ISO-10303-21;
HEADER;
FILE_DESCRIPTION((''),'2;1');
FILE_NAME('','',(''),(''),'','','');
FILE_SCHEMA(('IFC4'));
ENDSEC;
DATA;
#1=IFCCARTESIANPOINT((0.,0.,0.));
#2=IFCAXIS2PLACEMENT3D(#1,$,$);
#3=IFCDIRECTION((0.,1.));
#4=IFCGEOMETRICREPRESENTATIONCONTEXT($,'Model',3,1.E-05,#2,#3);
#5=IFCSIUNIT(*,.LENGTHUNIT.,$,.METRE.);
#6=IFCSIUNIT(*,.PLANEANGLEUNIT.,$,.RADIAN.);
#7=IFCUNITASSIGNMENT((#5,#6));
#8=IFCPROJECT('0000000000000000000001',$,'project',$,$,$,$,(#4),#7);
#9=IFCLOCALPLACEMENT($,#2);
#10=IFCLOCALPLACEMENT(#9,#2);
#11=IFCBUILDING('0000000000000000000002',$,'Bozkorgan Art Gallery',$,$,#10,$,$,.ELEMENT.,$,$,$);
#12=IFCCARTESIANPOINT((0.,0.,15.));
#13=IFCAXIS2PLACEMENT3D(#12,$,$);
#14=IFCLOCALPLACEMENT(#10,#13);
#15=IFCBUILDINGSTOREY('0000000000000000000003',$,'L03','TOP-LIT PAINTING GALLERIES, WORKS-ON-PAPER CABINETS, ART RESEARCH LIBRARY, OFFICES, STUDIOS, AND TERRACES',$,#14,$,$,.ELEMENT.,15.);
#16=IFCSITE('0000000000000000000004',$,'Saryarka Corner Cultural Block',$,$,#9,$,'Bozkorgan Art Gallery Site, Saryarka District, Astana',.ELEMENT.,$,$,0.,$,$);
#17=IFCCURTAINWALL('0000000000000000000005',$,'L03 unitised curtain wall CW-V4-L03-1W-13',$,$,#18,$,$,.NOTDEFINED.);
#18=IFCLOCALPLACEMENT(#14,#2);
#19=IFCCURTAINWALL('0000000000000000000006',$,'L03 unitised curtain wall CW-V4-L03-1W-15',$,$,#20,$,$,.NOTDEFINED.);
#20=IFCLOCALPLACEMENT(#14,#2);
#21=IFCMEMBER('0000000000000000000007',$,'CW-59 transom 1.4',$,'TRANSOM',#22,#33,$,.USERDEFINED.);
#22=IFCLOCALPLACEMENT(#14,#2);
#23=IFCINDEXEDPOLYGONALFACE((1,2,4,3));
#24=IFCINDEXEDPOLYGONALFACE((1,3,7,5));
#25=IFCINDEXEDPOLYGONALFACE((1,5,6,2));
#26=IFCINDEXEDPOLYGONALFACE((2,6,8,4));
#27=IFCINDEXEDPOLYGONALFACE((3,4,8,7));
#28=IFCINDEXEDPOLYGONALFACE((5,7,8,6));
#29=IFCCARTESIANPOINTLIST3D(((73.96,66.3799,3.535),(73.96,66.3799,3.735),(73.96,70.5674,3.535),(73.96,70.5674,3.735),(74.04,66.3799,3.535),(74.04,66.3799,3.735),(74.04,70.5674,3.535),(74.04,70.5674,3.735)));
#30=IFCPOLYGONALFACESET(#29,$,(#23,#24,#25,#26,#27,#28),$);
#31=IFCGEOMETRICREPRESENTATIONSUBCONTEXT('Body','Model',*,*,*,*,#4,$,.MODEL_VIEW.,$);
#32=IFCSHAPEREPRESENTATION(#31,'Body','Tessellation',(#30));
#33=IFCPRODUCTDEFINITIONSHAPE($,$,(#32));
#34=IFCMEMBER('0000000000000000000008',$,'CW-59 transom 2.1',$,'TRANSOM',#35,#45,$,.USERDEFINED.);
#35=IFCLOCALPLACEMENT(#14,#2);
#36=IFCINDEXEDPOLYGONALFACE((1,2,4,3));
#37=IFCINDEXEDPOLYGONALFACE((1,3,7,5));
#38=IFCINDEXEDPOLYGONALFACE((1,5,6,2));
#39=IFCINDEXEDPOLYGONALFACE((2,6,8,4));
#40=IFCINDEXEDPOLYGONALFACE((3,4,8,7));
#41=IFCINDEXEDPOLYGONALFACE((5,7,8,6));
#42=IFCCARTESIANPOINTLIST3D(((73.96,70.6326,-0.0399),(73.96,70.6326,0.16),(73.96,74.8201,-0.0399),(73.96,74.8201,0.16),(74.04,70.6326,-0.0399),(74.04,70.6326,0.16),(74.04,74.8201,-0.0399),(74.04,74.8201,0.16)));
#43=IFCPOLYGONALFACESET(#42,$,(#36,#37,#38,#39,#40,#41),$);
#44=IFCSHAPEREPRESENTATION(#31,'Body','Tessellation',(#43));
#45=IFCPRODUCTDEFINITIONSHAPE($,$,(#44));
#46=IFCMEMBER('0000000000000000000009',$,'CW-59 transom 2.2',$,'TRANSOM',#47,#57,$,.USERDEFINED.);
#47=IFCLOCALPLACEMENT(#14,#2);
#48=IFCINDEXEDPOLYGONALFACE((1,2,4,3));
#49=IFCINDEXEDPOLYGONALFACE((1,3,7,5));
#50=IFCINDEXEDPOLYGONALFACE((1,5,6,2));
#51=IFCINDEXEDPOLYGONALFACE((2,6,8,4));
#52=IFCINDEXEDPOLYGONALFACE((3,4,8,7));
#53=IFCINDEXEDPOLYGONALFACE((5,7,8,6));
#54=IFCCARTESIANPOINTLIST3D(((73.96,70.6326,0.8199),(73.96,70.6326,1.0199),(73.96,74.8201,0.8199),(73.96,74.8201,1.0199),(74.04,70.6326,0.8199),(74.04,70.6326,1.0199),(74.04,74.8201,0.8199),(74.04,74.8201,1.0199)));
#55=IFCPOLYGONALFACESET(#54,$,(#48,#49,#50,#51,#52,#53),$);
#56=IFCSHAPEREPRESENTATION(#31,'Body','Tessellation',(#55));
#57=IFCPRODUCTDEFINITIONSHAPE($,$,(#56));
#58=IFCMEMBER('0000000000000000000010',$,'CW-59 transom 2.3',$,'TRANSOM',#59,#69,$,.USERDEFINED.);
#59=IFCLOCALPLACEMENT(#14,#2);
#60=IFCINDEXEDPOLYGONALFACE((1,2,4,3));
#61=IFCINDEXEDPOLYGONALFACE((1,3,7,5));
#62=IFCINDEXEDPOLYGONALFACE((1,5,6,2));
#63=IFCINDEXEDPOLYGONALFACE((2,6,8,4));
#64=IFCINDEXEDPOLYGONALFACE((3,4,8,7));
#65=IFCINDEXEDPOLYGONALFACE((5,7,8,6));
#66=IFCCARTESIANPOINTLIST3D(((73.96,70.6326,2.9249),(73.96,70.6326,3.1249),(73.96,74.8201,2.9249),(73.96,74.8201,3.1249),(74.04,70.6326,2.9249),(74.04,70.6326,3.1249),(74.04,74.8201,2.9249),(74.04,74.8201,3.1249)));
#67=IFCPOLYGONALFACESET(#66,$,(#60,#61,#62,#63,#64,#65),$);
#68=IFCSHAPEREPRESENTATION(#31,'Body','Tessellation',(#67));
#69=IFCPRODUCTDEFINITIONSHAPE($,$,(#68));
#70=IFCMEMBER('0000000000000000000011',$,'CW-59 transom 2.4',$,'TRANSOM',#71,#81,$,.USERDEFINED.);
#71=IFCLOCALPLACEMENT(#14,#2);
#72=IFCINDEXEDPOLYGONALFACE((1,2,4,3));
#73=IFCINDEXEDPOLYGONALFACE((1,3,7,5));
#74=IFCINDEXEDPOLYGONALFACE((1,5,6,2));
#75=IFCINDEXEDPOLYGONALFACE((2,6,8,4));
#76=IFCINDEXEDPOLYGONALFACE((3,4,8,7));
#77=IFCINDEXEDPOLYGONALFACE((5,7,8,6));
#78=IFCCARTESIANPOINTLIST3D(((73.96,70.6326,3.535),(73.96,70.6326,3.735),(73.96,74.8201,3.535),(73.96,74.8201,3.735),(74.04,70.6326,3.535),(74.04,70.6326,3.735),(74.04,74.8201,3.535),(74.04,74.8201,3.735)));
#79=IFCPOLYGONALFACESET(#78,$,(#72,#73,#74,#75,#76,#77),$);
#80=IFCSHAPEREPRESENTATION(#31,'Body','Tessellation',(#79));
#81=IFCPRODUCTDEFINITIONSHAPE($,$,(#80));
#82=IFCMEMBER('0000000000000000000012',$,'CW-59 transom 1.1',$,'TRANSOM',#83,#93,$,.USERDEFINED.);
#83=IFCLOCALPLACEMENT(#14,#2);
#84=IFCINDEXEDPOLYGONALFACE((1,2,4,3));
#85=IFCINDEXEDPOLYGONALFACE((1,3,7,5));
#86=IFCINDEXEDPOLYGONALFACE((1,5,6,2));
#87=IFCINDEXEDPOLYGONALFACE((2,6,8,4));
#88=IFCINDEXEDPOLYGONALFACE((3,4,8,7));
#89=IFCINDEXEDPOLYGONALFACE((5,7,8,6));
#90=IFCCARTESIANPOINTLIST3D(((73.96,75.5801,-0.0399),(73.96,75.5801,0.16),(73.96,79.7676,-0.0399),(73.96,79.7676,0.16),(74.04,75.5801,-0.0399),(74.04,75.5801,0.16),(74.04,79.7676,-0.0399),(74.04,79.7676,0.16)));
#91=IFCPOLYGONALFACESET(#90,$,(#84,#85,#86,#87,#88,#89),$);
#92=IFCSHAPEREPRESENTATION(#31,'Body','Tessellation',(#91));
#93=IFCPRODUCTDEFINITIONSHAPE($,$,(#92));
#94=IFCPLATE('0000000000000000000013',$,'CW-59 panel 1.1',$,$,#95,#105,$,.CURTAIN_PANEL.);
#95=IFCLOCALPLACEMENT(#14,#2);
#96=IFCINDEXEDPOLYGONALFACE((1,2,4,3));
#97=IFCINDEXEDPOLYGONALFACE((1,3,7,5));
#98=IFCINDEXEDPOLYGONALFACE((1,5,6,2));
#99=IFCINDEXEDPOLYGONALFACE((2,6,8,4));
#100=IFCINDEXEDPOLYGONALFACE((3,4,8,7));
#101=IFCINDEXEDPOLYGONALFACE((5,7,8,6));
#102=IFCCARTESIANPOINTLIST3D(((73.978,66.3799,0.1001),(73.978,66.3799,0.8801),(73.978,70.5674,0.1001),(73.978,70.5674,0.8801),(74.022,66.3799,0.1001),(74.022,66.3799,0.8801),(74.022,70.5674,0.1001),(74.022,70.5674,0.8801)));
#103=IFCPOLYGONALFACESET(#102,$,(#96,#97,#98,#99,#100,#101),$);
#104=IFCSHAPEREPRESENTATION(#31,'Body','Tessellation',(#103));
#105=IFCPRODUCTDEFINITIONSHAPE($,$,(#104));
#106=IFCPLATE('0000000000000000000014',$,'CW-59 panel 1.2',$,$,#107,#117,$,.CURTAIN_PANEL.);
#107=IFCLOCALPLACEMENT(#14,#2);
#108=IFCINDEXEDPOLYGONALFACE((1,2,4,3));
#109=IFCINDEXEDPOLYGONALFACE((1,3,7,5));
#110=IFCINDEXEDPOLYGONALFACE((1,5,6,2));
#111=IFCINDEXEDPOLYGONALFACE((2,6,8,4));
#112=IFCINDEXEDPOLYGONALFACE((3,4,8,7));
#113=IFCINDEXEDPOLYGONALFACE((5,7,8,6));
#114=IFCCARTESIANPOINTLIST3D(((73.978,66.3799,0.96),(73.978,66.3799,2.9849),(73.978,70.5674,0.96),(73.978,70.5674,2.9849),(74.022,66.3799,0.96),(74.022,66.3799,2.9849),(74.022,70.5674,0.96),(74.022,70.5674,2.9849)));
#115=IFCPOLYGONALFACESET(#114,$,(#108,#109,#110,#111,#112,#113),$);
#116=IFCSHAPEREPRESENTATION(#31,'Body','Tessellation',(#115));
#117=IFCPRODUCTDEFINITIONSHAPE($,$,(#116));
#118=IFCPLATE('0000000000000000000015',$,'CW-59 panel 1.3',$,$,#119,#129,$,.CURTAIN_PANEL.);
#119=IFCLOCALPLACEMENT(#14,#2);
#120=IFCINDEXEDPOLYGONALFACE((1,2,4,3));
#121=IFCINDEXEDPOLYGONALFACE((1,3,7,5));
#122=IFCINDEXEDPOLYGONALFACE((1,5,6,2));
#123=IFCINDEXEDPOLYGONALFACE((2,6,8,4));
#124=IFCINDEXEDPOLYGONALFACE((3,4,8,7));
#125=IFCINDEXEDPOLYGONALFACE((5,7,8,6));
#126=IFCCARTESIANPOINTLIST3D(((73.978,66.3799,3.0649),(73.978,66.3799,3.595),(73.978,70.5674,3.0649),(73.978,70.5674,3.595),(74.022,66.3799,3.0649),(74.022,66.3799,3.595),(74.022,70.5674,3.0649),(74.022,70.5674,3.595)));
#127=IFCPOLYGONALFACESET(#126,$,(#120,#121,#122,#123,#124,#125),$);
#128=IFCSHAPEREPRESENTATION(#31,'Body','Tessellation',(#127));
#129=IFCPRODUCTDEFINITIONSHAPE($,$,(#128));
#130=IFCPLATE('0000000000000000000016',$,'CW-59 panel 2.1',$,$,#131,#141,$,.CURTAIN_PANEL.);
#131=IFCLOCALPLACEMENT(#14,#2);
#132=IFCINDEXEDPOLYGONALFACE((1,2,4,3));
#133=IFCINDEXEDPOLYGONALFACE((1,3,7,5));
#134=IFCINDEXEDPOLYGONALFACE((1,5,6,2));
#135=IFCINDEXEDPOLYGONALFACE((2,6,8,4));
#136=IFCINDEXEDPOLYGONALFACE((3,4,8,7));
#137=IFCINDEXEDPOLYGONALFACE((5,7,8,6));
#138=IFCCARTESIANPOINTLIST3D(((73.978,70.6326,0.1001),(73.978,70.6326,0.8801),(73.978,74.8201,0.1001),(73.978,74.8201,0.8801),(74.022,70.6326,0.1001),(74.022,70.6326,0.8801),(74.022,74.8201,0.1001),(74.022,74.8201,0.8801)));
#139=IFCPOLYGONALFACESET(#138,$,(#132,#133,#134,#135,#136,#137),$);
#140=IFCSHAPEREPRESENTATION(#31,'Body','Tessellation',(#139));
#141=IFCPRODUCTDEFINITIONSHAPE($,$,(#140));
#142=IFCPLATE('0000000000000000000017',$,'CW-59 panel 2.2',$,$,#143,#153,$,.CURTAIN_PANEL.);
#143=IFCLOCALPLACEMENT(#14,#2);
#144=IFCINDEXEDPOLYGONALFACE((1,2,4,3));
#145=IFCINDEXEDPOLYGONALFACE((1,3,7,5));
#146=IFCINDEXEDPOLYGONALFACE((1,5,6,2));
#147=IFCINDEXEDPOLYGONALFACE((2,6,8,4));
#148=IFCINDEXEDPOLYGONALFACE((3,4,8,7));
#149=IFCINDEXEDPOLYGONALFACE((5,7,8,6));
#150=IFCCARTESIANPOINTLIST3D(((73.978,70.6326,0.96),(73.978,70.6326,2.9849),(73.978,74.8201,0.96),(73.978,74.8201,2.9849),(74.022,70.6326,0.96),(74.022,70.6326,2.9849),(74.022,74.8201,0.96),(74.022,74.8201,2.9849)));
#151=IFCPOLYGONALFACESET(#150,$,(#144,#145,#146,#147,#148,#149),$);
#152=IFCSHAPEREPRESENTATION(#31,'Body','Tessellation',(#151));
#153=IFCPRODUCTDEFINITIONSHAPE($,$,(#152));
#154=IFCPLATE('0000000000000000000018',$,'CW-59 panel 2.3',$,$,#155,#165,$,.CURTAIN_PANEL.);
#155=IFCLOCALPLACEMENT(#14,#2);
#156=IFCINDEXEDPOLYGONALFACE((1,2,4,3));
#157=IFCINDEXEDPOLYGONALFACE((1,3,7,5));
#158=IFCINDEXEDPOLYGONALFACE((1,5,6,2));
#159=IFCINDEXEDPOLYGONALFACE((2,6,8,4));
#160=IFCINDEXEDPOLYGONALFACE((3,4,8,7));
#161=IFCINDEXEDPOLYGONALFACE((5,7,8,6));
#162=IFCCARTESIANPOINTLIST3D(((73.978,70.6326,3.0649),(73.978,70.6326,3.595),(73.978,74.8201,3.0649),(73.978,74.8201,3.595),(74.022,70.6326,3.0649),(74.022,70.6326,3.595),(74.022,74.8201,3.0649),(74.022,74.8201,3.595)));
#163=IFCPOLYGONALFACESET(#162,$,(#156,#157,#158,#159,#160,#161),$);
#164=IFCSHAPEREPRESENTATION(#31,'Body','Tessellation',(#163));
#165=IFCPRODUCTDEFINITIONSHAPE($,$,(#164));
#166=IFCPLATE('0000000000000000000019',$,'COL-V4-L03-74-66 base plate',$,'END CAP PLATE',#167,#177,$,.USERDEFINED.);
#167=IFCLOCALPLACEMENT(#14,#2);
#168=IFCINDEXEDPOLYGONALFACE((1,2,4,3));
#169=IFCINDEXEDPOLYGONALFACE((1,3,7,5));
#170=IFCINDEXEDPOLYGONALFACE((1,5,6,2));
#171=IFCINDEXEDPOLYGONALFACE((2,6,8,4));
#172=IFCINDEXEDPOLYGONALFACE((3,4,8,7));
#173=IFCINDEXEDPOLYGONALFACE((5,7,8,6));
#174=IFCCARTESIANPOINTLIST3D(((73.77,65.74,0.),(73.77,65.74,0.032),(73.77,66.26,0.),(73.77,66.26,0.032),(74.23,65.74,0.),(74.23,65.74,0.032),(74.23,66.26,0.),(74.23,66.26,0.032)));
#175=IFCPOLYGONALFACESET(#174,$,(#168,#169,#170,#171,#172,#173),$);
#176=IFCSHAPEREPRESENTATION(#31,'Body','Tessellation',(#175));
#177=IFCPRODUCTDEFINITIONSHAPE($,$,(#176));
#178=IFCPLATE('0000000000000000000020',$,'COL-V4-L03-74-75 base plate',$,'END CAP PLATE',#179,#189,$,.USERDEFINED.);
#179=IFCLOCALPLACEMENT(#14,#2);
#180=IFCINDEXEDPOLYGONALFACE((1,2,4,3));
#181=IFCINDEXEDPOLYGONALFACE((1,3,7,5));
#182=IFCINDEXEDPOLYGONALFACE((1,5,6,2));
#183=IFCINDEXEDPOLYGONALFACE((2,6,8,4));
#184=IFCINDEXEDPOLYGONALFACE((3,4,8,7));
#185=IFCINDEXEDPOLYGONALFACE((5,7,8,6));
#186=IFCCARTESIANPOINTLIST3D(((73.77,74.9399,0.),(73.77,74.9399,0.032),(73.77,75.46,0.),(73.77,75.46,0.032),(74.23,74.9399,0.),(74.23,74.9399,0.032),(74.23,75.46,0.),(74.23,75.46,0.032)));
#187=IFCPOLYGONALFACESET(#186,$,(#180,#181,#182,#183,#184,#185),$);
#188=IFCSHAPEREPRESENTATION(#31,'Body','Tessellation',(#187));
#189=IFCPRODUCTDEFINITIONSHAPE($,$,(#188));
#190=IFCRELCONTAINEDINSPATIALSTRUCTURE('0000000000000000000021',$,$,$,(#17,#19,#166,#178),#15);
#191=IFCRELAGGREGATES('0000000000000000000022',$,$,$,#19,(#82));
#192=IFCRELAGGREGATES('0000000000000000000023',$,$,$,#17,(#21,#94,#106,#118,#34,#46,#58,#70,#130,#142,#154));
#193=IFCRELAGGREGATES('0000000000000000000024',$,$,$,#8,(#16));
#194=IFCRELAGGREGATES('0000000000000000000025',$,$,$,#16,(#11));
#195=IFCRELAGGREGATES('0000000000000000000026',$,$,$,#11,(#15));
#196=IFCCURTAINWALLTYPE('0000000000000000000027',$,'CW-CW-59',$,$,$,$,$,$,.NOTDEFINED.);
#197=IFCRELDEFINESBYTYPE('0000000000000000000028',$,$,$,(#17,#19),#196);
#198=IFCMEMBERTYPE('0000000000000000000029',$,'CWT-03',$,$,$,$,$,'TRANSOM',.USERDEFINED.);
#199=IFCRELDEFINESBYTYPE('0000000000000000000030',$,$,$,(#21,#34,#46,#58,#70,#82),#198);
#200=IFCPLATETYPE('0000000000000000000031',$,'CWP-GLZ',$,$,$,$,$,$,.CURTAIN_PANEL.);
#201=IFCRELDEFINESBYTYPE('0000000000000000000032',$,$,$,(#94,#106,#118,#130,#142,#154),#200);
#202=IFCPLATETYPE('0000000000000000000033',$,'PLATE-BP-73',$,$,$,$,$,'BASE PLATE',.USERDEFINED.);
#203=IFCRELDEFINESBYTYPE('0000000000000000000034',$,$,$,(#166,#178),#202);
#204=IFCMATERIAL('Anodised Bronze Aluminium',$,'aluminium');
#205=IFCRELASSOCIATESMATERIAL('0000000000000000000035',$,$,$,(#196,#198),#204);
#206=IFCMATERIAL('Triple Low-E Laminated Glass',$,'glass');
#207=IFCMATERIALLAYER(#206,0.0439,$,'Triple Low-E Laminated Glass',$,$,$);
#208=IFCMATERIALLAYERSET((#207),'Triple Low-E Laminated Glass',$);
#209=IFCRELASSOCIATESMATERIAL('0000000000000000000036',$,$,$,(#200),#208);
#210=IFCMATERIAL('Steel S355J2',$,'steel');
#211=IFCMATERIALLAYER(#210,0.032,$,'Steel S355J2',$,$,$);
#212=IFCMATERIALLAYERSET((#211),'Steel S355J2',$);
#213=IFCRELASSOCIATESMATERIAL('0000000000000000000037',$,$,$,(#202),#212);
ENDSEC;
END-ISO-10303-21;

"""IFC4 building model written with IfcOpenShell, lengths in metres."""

from ifc_helpers import new_model, si_unit, direction, frame, origin, origin_2d, place, context, subcontext, project, spatial, rectangle, extrude, material, layer, layer_set, material_profile, profile_set, type_object, element, aggregate, save


model = new_model("IFC4")

# Units and contexts
model_context = context("Model", 3, precision=1e-05, world=origin(), true_north=direction((0.0, 1.0)))
body_context = subcontext(model_context, "Body", "Model", "MODEL_VIEW")
ifc_project = project(units=[si_unit("LENGTHUNIT", "METRE"), si_unit("PLANEANGLEUNIT", "RADIAN")], contexts=[model_context])

# Site, building, storey
site_placement = place(None, origin())
site = spatial("IfcSite", under=ifc_project, at=site_placement, Name="Saryarka Corner Cultural Block", LongName="Bozkorgan Art Gallery Site, Saryarka District, Astana", CompositionType="ELEMENT", RefElevation=0.0)
building_placement = place(site_placement, origin())
building = spatial("IfcBuilding", under=site, at=building_placement, Name="Bozkorgan Art Gallery", CompositionType="ELEMENT")
storey_placement = place(building_placement, frame((0.0, 0.0, 15.0)))
storey = spatial("IfcBuildingStorey", under=building, at=storey_placement, Name="L03", Description="TOP-LIT PAINTING GALLERIES, WORKS-ON-PAPER CABINETS, ART RESEARCH LIBRARY, OFFICES, STUDIOS, AND TERRACES", CompositionType="ELEMENT", Elevation=15.0)

# Shared definitions
ifc_material_1 = material(Name="Steel S355J2", Category="steel")

# Curtain wall
ifc_material_2 = material(Name="Anodised Bronze Aluminium", Category="aluminium")
curtain_wall_type = type_object("IfcCurtainWallType", Name="CW-CW-59", PredefinedType="NOTDEFINED", material=ifc_material_2)
curtain_wall_1_placement = place(storey_placement, origin())
curtain_wall_1 = element("IfcCurtainWall", 1, at=curtain_wall_1_placement, inside=storey, type_object=curtain_wall_type, Name="L03 unitised curtain wall CW-V4-L03-1W-13", PredefinedType="NOTDEFINED")

# Curtain wall
curtain_wall_2_placement = place(storey_placement, origin())
curtain_wall_2 = element("IfcCurtainWall", 2, at=curtain_wall_2_placement, inside=storey, type_object=curtain_wall_type, Name="L03 unitised curtain wall CW-V4-L03-1W-15", PredefinedType="NOTDEFINED")

# Members
ifc_material_profile_1 = material_profile(ifc_material_2, rectangle(XDim=0.0801, YDim=0.2, at=origin_2d()), Name="ALU TRANSOM 80x200")
ifc_profile_set_1 = profile_set([ifc_material_profile_1], Name="Anodised Bronze Aluminium")
member_type_1 = type_object("IfcMemberType", Name="CWT-03", ElementType="TRANSOM", PredefinedType="USERDEFINED", material=ifc_profile_set_1)
member_1_placement = place(storey_placement, frame((74.0, 66.3799, 3.635), z_axis=(0.0, 1.0, 0.0), x_axis=(-1.0, 0.0, 0.0)))
member_1 = element("IfcMember", 3, at=member_1_placement, type_object=member_type_1, Name="CW-59 transom 1.4", ObjectType="TRANSOM", PredefinedType="USERDEFINED", context=body_context, shape_type="SweptSolid", body=[
    extrude(rectangle(XDim=0.0801, YDim=0.2, at=origin_2d()), origin(), (0.0, 0.0, 1.0), 4.1875),
])
member_2_placement = place(storey_placement, frame((74.0, 70.6326, 0.0601), z_axis=(0.0, 1.0, 0.0), x_axis=(-1.0, 0.0, 0.0)))
member_2 = element("IfcMember", 4, at=member_2_placement, type_object=member_type_1, Name="CW-59 transom 2.1", ObjectType="TRANSOM", PredefinedType="USERDEFINED", context=body_context, shape_type="SweptSolid", body=[
    extrude(rectangle(XDim=0.0801, YDim=0.2, at=origin_2d()), origin(), (0.0, 0.0, 1.0), 4.1875),
])
member_3_placement = place(storey_placement, frame((74.0, 70.6326, 0.9199), z_axis=(0.0, 1.0, 0.0), x_axis=(-1.0, 0.0, 0.0)))
member_3 = element("IfcMember", 5, at=member_3_placement, type_object=member_type_1, Name="CW-59 transom 2.2", ObjectType="TRANSOM", PredefinedType="USERDEFINED", context=body_context, shape_type="SweptSolid", body=[
    extrude(rectangle(XDim=0.0801, YDim=0.2, at=origin_2d()), origin(), (0.0, 0.0, 1.0), 4.1875),
])
member_4_placement = place(storey_placement, frame((74.0, 70.6326, 3.0249), z_axis=(0.0, 1.0, 0.0), x_axis=(-1.0, 0.0, 0.0)))
member_4 = element("IfcMember", 6, at=member_4_placement, type_object=member_type_1, Name="CW-59 transom 2.3", ObjectType="TRANSOM", PredefinedType="USERDEFINED", context=body_context, shape_type="SweptSolid", body=[
    extrude(rectangle(XDim=0.0801, YDim=0.2, at=origin_2d()), origin(), (0.0, 0.0, 1.0), 4.1875),
])
member_5_placement = place(storey_placement, frame((74.0, 70.6326, 3.635), z_axis=(0.0, 1.0, 0.0), x_axis=(-1.0, 0.0, 0.0)))
member_5 = element("IfcMember", 7, at=member_5_placement, type_object=member_type_1, Name="CW-59 transom 2.4", ObjectType="TRANSOM", PredefinedType="USERDEFINED", context=body_context, shape_type="SweptSolid", body=[
    extrude(rectangle(XDim=0.0801, YDim=0.2, at=origin_2d()), origin(), (0.0, 0.0, 1.0), 4.1875),
])
member_6_placement = place(storey_placement, frame((74.0, 75.5801, 0.0601), z_axis=(0.0, 1.0, 0.0), x_axis=(-1.0, 0.0, 0.0)))
member_6 = element("IfcMember", 8, at=member_6_placement, type_object=member_type_1, Name="CW-59 transom 1.1", ObjectType="TRANSOM", PredefinedType="USERDEFINED", context=body_context, shape_type="SweptSolid", body=[
    extrude(rectangle(XDim=0.0801, YDim=0.2, at=origin_2d()), origin(), (0.0, 0.0, 1.0), 4.1875),
])
aggregate(curtain_wall_2, [member_6])

# Plates
ifc_material_3 = material(Name="Triple Low-E Laminated Glass", Category="glass")
ifc_layer_1 = layer(ifc_material_3, 0.0439, Name="Triple Low-E Laminated Glass")
ifc_layer_set_1 = layer_set([ifc_layer_1], Name="Triple Low-E Laminated Glass")
plate_type_1 = type_object("IfcPlateType", Name="CWP-GLZ", PredefinedType="CURTAIN_PANEL", material=ifc_layer_set_1)
plate_1_placement = place(storey_placement, frame((74.0, 68.4736, 0.1001), z_axis=(0.0, 0.0, 1.0), x_axis=(0.0, 1.0, 0.0)))
plate_1 = element("IfcPlate", 9, at=plate_1_placement, type_object=plate_type_1, Name="CW-59 panel 1.1", PredefinedType="CURTAIN_PANEL", context=body_context, shape_type="SweptSolid", body=[
    extrude(rectangle(XDim=4.1875, YDim=0.0439, at=origin_2d()), origin(), (0.0, 0.0, 1.0), 0.78),
])
plate_2_placement = place(storey_placement, frame((74.0, 68.4736, 0.96), z_axis=(0.0, 0.0, 1.0), x_axis=(0.0, 1.0, 0.0)))
plate_2 = element("IfcPlate", 10, at=plate_2_placement, type_object=plate_type_1, Name="CW-59 panel 1.2", PredefinedType="CURTAIN_PANEL", context=body_context, shape_type="SweptSolid", body=[
    extrude(rectangle(XDim=4.1875, YDim=0.0439, at=origin_2d()), origin(), (0.0, 0.0, 1.0), 2.0249),
])
plate_3_placement = place(storey_placement, frame((74.0, 68.4736, 3.0649), z_axis=(0.0, 0.0, 1.0), x_axis=(0.0, 1.0, 0.0)))
plate_3 = element("IfcPlate", 11, at=plate_3_placement, type_object=plate_type_1, Name="CW-59 panel 1.3", PredefinedType="CURTAIN_PANEL", context=body_context, shape_type="SweptSolid", body=[
    extrude(rectangle(XDim=4.1875, YDim=0.0439, at=origin_2d()), origin(), (0.0, 0.0, 1.0), 0.53),
])
plate_4_placement = place(storey_placement, frame((74.0, 72.7263, 0.1001), z_axis=(0.0, 0.0, 1.0), x_axis=(0.0, 1.0, 0.0)))
plate_4 = element("IfcPlate", 12, at=plate_4_placement, type_object=plate_type_1, Name="CW-59 panel 2.1", PredefinedType="CURTAIN_PANEL", context=body_context, shape_type="SweptSolid", body=[
    extrude(rectangle(XDim=4.1875, YDim=0.0439, at=origin_2d()), origin(), (0.0, 0.0, 1.0), 0.78),
])
plate_5_placement = place(storey_placement, frame((74.0, 72.7263, 0.96), z_axis=(0.0, 0.0, 1.0), x_axis=(0.0, 1.0, 0.0)))
plate_5 = element("IfcPlate", 13, at=plate_5_placement, type_object=plate_type_1, Name="CW-59 panel 2.2", PredefinedType="CURTAIN_PANEL", context=body_context, shape_type="SweptSolid", body=[
    extrude(rectangle(XDim=4.1875, YDim=0.0439, at=origin_2d()), origin(), (0.0, 0.0, 1.0), 2.0249),
])
plate_6_placement = place(storey_placement, frame((74.0, 72.7263, 3.0649), z_axis=(0.0, 0.0, 1.0), x_axis=(0.0, 1.0, 0.0)))
plate_6 = element("IfcPlate", 14, at=plate_6_placement, type_object=plate_type_1, Name="CW-59 panel 2.3", PredefinedType="CURTAIN_PANEL", context=body_context, shape_type="SweptSolid", body=[
    extrude(rectangle(XDim=4.1875, YDim=0.0439, at=origin_2d()), origin(), (0.0, 0.0, 1.0), 0.53),
])
aggregate(curtain_wall_1, [member_1, plate_1, plate_2, plate_3, member_2, member_3, member_4, member_5, plate_4, plate_5, plate_6])

# Plates
ifc_layer_2 = layer(ifc_material_1, 0.032, Name="Steel S355J2")
ifc_layer_set_2 = layer_set([ifc_layer_2], Name="Steel S355J2")
plate_type_2 = type_object("IfcPlateType", Name="PLATE-BP-73", ElementType="BASE PLATE", PredefinedType="USERDEFINED", material=ifc_layer_set_2)
for number, where, z_axis, x_axis, name in (
    (15, (74.0, 66.0, 0.0), (0.0, 0.0, 1.0), (1.0, 0.0, 0.0), "COL-V4-L03-74-66 base plate"),
    (16, (74.0, 75.2, 0.0), (0.0, 0.0, 1.0), (1.0, 0.0, 0.0), "COL-V4-L03-74-75 base plate"),
):
    element("IfcPlate", number, at=place(storey_placement, frame(where, z_axis=z_axis, x_axis=x_axis)), inside=storey, type_object=plate_type_2, Name=name, ObjectType="END CAP PLATE", PredefinedType="USERDEFINED", context=body_context, shape_type="SweptSolid", body=[
        extrude(rectangle(XDim=0.46, YDim=0.52, at=origin_2d()), origin(), (0.0, 0.0, 1.0), 0.032),
    ])

save(model, "model.ifc")
